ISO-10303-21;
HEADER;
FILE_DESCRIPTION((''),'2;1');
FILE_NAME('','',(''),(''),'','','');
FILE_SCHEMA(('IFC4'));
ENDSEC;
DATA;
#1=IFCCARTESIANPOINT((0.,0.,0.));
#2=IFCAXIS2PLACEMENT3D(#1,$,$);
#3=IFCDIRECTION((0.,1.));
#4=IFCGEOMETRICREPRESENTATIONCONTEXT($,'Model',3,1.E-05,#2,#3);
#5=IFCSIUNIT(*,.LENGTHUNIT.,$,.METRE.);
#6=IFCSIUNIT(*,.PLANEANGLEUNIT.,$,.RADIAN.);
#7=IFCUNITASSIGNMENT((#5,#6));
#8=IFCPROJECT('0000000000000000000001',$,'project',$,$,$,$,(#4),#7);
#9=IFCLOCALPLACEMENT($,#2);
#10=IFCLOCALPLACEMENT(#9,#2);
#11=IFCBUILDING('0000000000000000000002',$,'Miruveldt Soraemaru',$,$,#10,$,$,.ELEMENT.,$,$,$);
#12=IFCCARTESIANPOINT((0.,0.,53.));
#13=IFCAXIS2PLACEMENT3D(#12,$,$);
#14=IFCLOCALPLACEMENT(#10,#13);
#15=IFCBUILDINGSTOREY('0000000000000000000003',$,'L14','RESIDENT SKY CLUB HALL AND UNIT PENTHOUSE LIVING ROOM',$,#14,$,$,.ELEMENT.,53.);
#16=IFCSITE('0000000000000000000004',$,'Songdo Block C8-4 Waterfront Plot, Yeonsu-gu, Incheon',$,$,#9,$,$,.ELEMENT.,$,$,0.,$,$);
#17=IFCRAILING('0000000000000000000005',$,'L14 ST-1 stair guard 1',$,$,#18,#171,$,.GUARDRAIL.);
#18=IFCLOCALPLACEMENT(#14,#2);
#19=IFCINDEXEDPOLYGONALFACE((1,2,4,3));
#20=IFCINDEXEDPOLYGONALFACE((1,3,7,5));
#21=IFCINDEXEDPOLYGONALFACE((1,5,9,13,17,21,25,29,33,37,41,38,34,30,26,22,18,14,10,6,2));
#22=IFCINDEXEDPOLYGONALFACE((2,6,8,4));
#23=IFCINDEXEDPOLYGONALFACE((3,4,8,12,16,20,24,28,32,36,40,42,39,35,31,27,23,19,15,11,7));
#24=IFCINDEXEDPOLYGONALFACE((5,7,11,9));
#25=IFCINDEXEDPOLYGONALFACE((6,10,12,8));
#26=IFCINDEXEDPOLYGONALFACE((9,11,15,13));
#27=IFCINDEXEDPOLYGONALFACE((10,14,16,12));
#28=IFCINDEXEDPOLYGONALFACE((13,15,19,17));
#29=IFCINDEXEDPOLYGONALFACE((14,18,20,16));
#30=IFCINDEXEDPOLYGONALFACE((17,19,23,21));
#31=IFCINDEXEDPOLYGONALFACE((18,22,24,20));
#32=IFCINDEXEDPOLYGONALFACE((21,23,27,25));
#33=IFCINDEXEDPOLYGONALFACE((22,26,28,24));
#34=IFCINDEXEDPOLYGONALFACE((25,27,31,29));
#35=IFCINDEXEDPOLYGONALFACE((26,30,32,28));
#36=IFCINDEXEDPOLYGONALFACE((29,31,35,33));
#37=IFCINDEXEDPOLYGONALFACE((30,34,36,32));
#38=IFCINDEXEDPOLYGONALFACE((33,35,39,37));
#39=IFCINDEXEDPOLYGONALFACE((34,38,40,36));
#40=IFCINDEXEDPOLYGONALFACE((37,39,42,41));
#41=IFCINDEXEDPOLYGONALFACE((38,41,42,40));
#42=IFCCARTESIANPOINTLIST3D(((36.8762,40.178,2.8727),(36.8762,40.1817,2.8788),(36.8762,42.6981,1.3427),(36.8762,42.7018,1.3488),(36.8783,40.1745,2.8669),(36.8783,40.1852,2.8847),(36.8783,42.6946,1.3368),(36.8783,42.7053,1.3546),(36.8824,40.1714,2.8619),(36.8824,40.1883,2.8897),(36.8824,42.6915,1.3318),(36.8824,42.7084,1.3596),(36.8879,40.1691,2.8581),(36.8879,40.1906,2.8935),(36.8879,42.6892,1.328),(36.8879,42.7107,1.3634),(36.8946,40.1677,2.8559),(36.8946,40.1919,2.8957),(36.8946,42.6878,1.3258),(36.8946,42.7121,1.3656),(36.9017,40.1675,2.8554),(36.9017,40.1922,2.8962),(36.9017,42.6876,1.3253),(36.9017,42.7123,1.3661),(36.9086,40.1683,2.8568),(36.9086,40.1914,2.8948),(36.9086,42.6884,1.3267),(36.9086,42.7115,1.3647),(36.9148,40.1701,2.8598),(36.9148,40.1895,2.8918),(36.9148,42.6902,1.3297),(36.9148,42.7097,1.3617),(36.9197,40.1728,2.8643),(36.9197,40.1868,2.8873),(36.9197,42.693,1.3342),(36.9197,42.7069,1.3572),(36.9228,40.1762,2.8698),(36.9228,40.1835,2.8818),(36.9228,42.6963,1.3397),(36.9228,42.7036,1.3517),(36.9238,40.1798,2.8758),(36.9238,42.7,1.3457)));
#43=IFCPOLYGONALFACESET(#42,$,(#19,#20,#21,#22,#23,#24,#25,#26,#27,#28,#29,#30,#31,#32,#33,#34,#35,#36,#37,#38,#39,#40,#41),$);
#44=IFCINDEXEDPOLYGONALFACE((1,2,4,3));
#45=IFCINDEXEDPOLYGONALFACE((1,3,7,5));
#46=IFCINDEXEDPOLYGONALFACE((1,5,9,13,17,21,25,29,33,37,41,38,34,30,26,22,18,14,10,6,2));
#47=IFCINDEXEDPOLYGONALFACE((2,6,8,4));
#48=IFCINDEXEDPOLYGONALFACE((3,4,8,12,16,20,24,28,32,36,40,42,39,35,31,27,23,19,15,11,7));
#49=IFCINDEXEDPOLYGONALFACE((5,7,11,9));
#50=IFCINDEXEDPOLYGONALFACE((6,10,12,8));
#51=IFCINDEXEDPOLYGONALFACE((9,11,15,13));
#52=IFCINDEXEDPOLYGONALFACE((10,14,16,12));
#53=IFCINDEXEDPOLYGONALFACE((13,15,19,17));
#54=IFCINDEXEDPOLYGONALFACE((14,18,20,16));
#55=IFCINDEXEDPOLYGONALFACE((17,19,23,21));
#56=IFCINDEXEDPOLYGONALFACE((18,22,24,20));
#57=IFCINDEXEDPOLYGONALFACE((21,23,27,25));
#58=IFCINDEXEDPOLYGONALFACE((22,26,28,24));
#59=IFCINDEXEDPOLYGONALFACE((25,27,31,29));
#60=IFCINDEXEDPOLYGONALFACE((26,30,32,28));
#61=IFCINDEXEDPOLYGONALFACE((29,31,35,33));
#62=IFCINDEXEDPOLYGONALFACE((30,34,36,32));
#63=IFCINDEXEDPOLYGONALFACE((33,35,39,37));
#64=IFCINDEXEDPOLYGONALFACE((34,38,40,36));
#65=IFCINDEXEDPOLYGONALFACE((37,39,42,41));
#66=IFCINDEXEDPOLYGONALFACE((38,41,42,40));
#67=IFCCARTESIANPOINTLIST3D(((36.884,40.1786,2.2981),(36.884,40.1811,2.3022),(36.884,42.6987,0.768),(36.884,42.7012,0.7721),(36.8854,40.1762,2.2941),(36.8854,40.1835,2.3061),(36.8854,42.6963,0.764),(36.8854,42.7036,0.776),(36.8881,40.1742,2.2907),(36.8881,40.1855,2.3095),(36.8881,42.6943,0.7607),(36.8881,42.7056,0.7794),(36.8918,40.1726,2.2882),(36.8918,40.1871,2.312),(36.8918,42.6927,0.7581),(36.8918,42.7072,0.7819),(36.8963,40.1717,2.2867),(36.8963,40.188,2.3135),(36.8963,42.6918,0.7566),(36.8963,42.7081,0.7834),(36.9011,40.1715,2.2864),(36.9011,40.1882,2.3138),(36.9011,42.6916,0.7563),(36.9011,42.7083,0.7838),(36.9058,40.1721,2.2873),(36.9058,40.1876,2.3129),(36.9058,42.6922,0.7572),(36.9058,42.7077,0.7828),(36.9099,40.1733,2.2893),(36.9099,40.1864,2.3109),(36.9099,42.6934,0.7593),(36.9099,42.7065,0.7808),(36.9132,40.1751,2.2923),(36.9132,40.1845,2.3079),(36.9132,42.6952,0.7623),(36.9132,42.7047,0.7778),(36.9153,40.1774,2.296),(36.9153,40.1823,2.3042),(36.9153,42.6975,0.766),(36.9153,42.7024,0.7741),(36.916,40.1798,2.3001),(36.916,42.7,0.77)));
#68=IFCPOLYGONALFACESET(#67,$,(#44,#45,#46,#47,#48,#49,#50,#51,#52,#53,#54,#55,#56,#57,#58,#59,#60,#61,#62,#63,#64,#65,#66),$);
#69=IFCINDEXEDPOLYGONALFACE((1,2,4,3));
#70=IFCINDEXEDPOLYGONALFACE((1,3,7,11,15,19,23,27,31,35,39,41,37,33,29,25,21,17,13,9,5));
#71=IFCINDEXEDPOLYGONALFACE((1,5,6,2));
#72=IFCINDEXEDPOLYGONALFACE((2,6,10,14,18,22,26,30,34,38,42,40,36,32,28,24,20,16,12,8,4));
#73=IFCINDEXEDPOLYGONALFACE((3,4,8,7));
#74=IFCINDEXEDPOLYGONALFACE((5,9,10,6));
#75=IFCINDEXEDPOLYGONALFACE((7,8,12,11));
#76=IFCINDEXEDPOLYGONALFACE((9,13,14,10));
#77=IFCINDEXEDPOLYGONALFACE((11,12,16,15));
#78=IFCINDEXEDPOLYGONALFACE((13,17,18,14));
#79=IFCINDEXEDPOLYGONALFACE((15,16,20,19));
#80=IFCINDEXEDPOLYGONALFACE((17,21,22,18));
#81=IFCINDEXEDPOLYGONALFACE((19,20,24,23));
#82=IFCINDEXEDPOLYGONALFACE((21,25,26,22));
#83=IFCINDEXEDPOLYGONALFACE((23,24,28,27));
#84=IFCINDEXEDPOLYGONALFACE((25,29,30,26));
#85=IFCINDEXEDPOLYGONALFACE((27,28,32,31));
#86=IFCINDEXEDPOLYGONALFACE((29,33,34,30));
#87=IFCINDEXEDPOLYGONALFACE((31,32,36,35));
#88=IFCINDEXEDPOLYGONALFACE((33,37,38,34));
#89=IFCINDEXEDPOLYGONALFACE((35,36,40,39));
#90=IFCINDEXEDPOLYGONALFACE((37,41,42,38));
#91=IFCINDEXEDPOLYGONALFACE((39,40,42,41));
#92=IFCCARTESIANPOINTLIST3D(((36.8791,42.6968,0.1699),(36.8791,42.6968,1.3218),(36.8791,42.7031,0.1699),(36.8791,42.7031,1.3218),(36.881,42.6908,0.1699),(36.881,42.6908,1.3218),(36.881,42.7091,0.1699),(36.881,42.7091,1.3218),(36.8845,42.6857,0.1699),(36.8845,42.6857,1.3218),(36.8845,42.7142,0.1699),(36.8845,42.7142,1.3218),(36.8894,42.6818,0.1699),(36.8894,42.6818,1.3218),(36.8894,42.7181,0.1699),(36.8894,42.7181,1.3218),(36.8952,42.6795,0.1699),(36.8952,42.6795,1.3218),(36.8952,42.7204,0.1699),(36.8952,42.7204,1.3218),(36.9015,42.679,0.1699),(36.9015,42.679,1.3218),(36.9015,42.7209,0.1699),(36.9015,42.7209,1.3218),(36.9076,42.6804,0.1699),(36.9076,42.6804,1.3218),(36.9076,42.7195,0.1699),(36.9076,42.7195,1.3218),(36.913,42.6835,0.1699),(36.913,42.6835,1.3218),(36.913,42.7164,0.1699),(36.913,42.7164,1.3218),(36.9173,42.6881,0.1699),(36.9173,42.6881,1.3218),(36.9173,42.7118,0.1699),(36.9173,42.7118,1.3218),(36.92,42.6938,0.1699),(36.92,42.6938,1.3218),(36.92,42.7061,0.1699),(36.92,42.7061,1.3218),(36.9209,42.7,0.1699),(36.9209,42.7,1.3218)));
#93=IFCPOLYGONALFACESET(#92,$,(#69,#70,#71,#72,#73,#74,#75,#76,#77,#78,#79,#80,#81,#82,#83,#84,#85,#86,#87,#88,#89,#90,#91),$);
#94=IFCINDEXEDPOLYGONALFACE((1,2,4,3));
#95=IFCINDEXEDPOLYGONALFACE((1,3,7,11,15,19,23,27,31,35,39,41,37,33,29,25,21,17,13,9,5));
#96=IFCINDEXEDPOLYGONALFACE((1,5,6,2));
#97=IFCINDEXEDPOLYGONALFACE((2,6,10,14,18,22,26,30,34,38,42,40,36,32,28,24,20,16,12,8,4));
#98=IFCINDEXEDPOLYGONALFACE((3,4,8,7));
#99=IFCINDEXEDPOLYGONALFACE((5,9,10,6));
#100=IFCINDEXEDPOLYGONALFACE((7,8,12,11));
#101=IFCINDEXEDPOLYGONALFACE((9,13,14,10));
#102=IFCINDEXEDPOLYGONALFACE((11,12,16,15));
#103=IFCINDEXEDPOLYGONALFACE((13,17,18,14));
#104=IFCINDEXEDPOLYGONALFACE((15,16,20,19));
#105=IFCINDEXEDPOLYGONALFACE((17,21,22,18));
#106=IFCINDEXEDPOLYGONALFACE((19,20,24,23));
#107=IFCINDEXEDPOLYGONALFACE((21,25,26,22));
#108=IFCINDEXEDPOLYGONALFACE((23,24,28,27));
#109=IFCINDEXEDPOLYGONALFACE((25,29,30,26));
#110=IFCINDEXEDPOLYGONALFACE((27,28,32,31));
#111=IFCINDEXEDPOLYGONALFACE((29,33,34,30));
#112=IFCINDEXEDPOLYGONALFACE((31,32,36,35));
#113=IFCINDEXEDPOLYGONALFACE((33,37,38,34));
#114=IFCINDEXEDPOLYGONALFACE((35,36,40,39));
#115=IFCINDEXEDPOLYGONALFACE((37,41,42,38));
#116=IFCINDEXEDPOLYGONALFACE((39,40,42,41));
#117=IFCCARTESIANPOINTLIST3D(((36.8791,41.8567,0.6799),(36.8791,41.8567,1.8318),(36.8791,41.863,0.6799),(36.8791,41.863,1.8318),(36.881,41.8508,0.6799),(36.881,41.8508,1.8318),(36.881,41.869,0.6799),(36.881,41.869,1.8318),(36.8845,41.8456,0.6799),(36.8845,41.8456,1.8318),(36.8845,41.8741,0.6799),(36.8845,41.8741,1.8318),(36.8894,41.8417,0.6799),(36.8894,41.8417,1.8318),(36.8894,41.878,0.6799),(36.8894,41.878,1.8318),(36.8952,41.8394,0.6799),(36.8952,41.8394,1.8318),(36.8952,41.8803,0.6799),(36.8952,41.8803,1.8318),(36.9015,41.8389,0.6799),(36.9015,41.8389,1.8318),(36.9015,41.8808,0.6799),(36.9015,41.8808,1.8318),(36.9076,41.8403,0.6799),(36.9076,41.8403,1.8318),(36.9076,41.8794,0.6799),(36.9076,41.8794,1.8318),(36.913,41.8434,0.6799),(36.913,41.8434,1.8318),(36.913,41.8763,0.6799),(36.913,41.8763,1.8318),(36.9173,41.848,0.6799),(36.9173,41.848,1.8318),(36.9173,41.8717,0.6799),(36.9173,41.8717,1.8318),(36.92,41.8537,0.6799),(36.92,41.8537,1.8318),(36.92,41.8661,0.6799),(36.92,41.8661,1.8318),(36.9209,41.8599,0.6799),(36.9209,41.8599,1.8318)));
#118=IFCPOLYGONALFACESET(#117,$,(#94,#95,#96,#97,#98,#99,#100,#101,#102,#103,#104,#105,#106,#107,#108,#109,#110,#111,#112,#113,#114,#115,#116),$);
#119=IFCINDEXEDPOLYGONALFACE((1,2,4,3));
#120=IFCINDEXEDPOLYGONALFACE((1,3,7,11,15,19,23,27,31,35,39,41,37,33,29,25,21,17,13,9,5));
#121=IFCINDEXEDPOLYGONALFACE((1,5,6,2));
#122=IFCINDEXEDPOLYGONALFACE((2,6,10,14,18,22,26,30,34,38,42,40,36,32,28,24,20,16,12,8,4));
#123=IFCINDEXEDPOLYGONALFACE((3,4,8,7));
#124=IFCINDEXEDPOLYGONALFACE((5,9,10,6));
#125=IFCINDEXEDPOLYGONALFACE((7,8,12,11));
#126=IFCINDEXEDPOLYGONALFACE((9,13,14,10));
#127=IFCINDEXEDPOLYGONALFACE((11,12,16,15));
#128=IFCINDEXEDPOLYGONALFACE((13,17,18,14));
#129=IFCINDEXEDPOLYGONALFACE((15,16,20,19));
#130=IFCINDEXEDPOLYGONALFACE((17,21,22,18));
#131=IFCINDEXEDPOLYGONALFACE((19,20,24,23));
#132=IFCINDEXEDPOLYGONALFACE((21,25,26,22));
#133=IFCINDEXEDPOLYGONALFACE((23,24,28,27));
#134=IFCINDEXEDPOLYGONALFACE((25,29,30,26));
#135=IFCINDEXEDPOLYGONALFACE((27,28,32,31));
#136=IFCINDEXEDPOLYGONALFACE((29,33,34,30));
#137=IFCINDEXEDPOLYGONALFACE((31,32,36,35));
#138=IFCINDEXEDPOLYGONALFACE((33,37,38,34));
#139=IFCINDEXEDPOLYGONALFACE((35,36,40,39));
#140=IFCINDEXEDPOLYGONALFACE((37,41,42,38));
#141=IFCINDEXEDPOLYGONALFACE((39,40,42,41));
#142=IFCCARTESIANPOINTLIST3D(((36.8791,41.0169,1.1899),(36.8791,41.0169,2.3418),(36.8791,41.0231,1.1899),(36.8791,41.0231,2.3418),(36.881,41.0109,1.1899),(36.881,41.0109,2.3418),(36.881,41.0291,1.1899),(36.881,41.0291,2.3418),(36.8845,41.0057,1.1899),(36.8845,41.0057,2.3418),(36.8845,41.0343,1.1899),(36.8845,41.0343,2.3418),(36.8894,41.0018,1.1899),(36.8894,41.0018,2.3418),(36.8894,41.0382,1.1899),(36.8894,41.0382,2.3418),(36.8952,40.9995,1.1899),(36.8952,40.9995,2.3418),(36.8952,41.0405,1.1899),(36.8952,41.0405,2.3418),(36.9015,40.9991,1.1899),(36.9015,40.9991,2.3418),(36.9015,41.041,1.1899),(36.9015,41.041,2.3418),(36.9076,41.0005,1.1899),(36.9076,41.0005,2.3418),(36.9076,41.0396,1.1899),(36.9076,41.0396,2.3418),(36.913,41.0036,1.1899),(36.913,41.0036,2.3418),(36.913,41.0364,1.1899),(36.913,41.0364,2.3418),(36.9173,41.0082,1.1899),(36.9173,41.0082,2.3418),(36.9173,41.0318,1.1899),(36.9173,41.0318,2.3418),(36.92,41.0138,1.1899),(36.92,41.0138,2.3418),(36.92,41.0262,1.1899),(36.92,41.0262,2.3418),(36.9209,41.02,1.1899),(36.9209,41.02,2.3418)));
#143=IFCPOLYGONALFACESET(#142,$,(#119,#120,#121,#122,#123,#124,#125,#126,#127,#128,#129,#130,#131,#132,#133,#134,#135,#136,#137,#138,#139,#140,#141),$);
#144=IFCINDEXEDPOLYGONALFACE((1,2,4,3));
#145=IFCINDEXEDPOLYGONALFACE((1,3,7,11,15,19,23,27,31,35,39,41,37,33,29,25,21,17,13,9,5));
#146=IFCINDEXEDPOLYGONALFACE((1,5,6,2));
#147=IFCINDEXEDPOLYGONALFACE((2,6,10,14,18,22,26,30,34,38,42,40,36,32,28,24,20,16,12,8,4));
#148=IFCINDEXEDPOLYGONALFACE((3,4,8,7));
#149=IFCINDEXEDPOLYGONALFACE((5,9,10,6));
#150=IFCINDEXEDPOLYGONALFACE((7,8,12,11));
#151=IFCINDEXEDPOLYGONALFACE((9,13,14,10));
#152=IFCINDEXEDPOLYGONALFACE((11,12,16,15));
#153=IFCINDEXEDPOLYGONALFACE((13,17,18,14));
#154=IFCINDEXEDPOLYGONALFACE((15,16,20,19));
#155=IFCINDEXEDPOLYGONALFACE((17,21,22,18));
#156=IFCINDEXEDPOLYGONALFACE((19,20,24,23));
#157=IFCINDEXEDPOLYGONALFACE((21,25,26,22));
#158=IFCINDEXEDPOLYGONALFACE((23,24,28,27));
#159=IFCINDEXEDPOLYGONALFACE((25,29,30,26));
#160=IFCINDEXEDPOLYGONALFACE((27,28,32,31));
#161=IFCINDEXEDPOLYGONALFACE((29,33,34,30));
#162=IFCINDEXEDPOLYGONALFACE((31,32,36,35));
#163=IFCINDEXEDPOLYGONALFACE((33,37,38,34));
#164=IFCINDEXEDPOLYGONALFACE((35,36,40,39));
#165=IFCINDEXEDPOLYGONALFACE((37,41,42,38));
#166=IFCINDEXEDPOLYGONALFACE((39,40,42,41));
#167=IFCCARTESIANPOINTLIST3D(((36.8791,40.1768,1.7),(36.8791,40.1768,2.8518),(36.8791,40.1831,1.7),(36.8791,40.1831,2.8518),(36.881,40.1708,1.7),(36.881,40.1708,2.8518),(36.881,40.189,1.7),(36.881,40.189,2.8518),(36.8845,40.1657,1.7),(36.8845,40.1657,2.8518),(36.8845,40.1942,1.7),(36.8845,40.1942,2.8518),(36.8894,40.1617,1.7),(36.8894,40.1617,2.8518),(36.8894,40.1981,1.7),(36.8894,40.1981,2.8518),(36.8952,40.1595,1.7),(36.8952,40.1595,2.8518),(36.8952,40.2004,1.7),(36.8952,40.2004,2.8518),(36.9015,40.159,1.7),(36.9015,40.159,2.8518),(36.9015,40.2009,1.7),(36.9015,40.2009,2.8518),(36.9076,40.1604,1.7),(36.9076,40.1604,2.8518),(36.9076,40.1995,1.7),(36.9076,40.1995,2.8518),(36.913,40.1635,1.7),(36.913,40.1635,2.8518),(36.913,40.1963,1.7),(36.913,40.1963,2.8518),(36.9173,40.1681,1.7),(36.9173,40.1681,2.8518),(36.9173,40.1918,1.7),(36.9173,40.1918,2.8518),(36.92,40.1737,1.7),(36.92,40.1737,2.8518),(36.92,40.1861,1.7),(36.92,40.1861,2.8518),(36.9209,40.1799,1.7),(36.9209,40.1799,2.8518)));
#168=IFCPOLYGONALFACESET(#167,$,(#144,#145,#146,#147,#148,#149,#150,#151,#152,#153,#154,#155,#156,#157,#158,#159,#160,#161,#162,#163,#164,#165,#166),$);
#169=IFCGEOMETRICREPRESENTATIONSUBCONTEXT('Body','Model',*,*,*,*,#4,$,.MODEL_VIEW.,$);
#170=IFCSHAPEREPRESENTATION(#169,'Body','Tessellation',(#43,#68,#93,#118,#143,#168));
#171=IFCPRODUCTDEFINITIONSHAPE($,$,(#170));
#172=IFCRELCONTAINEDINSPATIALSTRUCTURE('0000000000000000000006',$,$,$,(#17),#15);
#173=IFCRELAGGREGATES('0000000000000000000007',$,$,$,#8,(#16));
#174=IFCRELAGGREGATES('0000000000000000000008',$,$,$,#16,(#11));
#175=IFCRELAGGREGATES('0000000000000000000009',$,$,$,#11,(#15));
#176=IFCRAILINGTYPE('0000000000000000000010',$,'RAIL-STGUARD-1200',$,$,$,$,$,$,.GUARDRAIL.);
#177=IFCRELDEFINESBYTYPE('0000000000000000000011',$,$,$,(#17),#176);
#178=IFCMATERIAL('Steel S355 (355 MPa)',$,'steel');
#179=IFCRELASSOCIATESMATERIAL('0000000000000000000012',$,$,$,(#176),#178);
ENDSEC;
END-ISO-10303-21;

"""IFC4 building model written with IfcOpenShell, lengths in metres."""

from ifc_helpers import new_model, si_unit, direction, frame, origin, origin_2d, place, context, subcontext, project, spatial, circle, extrude, material, type_object, element, save


model = new_model("IFC4")

# Units and contexts
model_context = context("Model", 3, precision=1e-05, world=origin(), true_north=direction((0.0, 1.0)))
body_context = subcontext(model_context, "Body", "Model", "MODEL_VIEW")
ifc_project = project(units=[si_unit("LENGTHUNIT", "METRE"), si_unit("PLANEANGLEUNIT", "RADIAN")], contexts=[model_context])

# Site, building, storey
site_placement = place(None, origin())
site = spatial("IfcSite", under=ifc_project, at=site_placement, Name="Songdo Block C8-4 Waterfront Plot, Yeonsu-gu, Incheon", CompositionType="ELEMENT", RefElevation=0.0)
building_placement = place(site_placement, origin())
building = spatial("IfcBuilding", under=site, at=building_placement, Name="Miruveldt Soraemaru", CompositionType="ELEMENT")
storey_placement = place(building_placement, frame((0.0, 0.0, 53.0)))
storey = spatial("IfcBuildingStorey", under=building, at=storey_placement, Name="L14", Description="RESIDENT SKY CLUB HALL AND UNIT PENTHOUSE LIVING ROOM", CompositionType="ELEMENT", Elevation=53.0)

# Railing
ifc_material_1 = material(Name="Steel S355 (355 MPa)", Category="steel")
railing_type_1 = type_object("IfcRailingType", Name="RAIL-STGUARD-1200", PredefinedType="GUARDRAIL", material=ifc_material_1)
railing_1_placement = place(storey_placement, frame((36.8999, 42.7, 0.1699)))
element("IfcRailing", 1, at=railing_1_placement, inside=storey, type_object=railing_type_1, Name="L14 ST-1 stair guard 1", PredefinedType="GUARDRAIL", context=body_context, shape_type="SweptSolid", body=[
    extrude(circle(Radius=0.0239, at=origin_2d()), frame((0.0, 0.0, 1.1758), z_axis=(0.0, -0.854785, 0.518982), x_axis=(1.0, 0.0, 0.0)), (0.0, 0.0, 1.0), 2.9482),
    extrude(circle(Radius=0.0161, at=origin_2d()), frame((0.0, 0.0, 0.6001), z_axis=(0.0, -0.854785, 0.518982), x_axis=(1.0, 0.0, 0.0)), (0.0, 0.0, 1.0), 2.9482),
    extrude(circle(Radius=0.021, at=origin_2d()), origin(), (0.0, 0.0, 1.0), 1.1519),
    extrude(circle(Radius=0.021, at=origin_2d()), frame((0.0, -0.8401, 0.51)), (0.0, 0.0, 1.0), 1.1519),
    extrude(circle(Radius=0.021, at=origin_2d()), frame((0.0, -1.6799, 1.02)), (0.0, 0.0, 1.0), 1.1519),
    extrude(circle(Radius=0.021, at=origin_2d()), frame((0.0, -2.52, 1.53)), (0.0, 0.0, 1.0), 1.1519),
])

save(model, "model.ifc")
